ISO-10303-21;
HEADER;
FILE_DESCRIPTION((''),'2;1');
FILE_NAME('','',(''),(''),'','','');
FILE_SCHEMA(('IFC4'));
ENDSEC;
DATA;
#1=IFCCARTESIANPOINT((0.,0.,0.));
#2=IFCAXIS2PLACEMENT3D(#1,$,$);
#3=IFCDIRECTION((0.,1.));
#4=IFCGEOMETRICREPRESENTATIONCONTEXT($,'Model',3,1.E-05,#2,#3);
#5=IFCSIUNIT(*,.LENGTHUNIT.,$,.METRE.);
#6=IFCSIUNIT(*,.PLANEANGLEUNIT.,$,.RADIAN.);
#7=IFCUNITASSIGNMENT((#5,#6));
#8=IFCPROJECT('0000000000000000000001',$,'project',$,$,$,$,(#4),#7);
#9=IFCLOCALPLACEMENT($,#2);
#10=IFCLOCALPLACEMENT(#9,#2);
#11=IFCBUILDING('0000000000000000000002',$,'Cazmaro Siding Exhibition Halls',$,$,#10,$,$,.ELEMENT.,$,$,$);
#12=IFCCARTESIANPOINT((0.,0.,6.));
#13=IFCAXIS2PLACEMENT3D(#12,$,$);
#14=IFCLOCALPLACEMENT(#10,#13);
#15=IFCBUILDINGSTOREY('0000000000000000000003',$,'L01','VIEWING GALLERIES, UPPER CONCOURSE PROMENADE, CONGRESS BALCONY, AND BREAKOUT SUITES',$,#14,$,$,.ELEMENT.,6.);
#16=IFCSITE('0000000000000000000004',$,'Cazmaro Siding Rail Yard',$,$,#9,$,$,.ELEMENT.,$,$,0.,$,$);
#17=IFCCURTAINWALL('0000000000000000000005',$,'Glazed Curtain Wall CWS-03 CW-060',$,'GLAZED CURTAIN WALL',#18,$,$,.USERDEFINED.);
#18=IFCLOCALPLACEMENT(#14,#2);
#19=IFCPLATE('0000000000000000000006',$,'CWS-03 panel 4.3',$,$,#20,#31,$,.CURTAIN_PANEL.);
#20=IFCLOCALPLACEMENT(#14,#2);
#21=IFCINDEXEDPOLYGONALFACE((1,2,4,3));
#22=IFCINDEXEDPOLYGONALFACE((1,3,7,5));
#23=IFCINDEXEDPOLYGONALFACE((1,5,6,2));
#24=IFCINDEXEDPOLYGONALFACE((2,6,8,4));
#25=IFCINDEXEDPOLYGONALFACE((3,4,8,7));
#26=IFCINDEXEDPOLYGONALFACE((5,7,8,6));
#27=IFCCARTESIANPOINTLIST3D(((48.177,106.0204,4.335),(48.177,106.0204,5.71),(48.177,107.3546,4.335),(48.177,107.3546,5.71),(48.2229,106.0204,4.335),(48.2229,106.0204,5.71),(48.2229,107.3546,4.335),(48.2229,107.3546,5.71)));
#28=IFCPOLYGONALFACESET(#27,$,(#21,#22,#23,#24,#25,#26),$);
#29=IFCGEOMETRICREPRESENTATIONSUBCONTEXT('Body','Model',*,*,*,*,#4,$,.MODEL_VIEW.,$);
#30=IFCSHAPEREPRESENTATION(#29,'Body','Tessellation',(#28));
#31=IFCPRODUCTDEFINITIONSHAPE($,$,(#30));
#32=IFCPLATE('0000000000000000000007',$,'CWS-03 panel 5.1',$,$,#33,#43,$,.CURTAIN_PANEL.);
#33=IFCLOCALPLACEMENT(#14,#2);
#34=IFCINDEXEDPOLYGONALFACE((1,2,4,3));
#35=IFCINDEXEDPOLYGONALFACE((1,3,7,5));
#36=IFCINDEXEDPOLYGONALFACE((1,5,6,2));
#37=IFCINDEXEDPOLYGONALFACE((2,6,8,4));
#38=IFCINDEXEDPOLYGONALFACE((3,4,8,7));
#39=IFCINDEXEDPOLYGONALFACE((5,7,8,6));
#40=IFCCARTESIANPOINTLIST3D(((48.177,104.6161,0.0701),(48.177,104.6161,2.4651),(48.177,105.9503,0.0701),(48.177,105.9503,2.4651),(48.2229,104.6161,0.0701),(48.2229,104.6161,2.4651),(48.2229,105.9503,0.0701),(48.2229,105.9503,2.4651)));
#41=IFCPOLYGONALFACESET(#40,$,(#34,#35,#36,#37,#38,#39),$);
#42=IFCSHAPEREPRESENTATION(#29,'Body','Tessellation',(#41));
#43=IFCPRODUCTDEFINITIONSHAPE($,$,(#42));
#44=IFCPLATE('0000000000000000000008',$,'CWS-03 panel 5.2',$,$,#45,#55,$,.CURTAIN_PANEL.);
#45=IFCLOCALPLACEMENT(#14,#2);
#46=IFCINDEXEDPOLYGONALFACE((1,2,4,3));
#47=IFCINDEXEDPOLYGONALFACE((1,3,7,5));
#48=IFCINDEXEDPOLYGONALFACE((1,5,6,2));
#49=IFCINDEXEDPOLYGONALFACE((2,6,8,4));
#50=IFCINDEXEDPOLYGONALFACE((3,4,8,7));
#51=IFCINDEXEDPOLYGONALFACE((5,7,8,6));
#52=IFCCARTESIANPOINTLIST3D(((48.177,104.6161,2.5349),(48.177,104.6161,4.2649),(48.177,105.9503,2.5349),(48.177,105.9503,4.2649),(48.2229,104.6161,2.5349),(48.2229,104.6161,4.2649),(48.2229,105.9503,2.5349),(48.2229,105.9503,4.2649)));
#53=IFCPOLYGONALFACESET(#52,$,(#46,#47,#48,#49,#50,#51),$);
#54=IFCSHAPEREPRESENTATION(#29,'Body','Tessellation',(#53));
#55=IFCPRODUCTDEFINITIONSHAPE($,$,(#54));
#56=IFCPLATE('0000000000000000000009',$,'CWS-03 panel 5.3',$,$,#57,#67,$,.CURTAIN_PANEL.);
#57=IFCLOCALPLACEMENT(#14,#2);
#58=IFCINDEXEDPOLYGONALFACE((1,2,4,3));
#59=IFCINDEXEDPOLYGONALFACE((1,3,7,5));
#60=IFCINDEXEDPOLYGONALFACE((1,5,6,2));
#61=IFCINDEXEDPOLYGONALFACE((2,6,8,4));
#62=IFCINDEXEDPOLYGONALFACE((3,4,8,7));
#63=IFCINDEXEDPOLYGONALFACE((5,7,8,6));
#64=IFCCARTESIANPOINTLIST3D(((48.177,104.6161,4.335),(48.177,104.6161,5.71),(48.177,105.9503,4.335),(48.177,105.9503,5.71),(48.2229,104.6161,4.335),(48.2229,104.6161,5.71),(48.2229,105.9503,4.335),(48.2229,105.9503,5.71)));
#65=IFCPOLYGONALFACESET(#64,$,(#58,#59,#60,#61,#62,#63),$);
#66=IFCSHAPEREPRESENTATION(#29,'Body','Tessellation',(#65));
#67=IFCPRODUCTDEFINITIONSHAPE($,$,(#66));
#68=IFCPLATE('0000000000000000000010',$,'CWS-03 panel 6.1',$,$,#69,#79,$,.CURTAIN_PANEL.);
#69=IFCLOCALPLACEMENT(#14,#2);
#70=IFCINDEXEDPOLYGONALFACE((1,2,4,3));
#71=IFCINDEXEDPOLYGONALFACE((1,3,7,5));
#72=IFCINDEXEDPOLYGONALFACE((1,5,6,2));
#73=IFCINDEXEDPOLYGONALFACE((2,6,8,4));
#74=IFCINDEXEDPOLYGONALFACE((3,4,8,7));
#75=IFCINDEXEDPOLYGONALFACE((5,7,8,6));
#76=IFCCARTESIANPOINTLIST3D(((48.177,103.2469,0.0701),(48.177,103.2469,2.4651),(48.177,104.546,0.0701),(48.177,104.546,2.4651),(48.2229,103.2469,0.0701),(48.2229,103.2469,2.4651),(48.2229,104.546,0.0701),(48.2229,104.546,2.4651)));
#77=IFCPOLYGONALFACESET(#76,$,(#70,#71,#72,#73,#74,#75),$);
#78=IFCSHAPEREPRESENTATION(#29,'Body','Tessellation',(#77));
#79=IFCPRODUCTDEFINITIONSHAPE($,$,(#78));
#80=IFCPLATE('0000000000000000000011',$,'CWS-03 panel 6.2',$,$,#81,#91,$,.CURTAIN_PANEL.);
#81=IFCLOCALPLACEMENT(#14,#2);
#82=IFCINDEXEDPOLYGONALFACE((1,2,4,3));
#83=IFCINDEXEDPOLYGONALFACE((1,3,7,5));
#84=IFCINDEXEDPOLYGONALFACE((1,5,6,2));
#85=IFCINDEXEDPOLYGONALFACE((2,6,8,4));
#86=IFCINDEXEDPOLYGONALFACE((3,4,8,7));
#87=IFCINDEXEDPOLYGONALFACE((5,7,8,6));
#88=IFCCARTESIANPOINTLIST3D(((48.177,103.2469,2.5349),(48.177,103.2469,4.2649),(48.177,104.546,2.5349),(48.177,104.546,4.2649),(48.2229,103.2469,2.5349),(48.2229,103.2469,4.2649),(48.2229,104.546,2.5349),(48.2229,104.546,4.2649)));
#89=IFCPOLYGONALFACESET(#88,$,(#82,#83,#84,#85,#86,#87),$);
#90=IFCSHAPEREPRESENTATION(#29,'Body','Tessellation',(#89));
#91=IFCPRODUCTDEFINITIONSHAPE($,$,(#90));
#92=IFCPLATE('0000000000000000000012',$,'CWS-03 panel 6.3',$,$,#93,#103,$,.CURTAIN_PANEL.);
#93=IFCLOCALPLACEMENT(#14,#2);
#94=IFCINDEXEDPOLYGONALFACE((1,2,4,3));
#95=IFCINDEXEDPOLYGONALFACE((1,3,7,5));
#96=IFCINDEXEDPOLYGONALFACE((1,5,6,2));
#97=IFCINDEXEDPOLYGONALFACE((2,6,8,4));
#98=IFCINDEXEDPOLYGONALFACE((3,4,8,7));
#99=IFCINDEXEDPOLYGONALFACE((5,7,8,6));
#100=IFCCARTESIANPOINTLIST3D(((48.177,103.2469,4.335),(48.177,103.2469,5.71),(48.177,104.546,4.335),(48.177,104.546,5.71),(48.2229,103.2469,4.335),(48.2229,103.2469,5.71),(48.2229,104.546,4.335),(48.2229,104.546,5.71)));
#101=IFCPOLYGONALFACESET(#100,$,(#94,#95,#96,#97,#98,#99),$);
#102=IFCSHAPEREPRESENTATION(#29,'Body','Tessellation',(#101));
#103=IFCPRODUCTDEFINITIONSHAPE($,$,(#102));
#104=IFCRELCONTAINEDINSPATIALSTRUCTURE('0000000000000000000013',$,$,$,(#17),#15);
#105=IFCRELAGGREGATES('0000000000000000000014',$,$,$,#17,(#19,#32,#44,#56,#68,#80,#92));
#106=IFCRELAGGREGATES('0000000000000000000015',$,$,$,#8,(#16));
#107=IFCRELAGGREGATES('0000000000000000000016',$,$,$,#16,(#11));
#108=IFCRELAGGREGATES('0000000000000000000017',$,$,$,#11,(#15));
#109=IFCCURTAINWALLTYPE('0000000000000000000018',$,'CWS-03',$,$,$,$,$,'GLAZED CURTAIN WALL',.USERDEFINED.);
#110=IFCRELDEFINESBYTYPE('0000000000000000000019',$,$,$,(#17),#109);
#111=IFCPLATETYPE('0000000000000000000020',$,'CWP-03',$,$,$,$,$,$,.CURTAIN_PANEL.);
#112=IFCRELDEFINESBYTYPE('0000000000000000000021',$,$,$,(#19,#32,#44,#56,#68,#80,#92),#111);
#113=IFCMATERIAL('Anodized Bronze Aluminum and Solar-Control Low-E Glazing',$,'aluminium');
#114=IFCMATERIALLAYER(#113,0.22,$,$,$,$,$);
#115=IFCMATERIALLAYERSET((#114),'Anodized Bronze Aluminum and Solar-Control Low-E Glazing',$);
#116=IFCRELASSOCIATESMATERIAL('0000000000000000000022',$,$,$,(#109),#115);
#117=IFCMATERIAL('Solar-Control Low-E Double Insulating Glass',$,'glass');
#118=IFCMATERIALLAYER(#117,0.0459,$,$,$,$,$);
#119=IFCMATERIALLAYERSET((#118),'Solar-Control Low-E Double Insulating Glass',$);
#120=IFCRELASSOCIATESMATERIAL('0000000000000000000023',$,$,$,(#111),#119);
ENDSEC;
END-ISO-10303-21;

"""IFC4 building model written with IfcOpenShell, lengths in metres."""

from ifc_helpers import new_model, si_unit, direction, frame, origin, origin_2d, place, context, subcontext, project, spatial, rectangle, extrude, material, layer, layer_set, type_object, element, aggregate, save


model = new_model("IFC4")

# Units and contexts
model_context = context("Model", 3, precision=1e-05, world=origin(), true_north=direction((0.0, 1.0)))
body_context = subcontext(model_context, "Body", "Model", "MODEL_VIEW")
ifc_project = project(units=[si_unit("LENGTHUNIT", "METRE"), si_unit("PLANEANGLEUNIT", "RADIAN")], contexts=[model_context])

# Site, building, storey
site_placement = place(None, origin())
site = spatial("IfcSite", under=ifc_project, at=site_placement, Name="Cazmaro Siding Rail Yard", CompositionType="ELEMENT", RefElevation=0.0)
building_placement = place(site_placement, origin())
building = spatial("IfcBuilding", under=site, at=building_placement, Name="Cazmaro Siding Exhibition Halls", CompositionType="ELEMENT")
storey_placement = place(building_placement, frame((0.0, 0.0, 6.0)))
storey = spatial("IfcBuildingStorey", under=building, at=storey_placement, Name="L01", Description="VIEWING GALLERIES, UPPER CONCOURSE PROMENADE, CONGRESS BALCONY, AND BREAKOUT SUITES", CompositionType="ELEMENT", Elevation=6.0)

# Curtain wall, plates
ifc_material_1 = material(Name="Anodized Bronze Aluminum and Solar-Control Low-E Glazing", Category="aluminium")
ifc_layer_1 = layer(ifc_material_1, 0.22)
ifc_layer_set_1 = layer_set([ifc_layer_1], Name="Anodized Bronze Aluminum and Solar-Control Low-E Glazing")
curtain_wall_type = type_object("IfcCurtainWallType", Name="CWS-03", ElementType="GLAZED CURTAIN WALL", PredefinedType="USERDEFINED", material=ifc_layer_set_1)
curtain_wall_placement = place(storey_placement, origin())
curtain_wall = element("IfcCurtainWall", 1, at=curtain_wall_placement, inside=storey, type_object=curtain_wall_type, Name="Glazed Curtain Wall CWS-03 CW-060", ObjectType="GLAZED CURTAIN WALL", PredefinedType="USERDEFINED")
ifc_material_2 = material(Name="Solar-Control Low-E Double Insulating Glass", Category="glass")
ifc_layer_2 = layer(ifc_material_2, 0.0459)
ifc_layer_set_2 = layer_set([ifc_layer_2], Name="Solar-Control Low-E Double Insulating Glass")
plate_type = type_object("IfcPlateType", Name="CWP-03", PredefinedType="CURTAIN_PANEL", material=ifc_layer_set_2)
plate_1_placement = place(storey_placement, frame((48.2, 106.6875, 4.335), z_axis=(0.0, 0.0, 1.0), x_axis=(0.0, -1.0, 0.0)))
plate_1 = element("IfcPlate", 2, at=plate_1_placement, type_object=plate_type, Name="CWS-03 panel 4.3", PredefinedType="CURTAIN_PANEL", context=body_context, shape_type="SweptSolid", body=[
    extrude(rectangle(XDim=1.3342, YDim=0.0459, at=origin_2d()), origin(), (0.0, 0.0, 1.0), 1.375),
])
plate_2_placement = place(storey_placement, frame((48.2, 105.2832, 0.0701), z_axis=(0.0, 0.0, 1.0), x_axis=(0.0, -1.0, 0.0)))
plate_2 = element("IfcPlate", 3, at=plate_2_placement, type_object=plate_type, Name="CWS-03 panel 5.1", PredefinedType="CURTAIN_PANEL", context=body_context, shape_type="SweptSolid", body=[
    extrude(rectangle(XDim=1.3342, YDim=0.0459, at=origin_2d()), origin(), (0.0, 0.0, 1.0), 2.395),
])
plate_3_placement = place(storey_placement, frame((48.2, 105.2832, 2.5349), z_axis=(0.0, 0.0, 1.0), x_axis=(0.0, -1.0, 0.0)))
plate_3 = element("IfcPlate", 4, at=plate_3_placement, type_object=plate_type, Name="CWS-03 panel 5.2", PredefinedType="CURTAIN_PANEL", context=body_context, shape_type="SweptSolid", body=[
    extrude(rectangle(XDim=1.3342, YDim=0.0459, at=origin_2d()), origin(), (0.0, 0.0, 1.0), 1.73),
])
plate_4_placement = place(storey_placement, frame((48.2, 105.2832, 4.335), z_axis=(0.0, 0.0, 1.0), x_axis=(0.0, -1.0, 0.0)))
plate_4 = element("IfcPlate", 5, at=plate_4_placement, type_object=plate_type, Name="CWS-03 panel 5.3", PredefinedType="CURTAIN_PANEL", context=body_context, shape_type="SweptSolid", body=[
    extrude(rectangle(XDim=1.3342, YDim=0.0459, at=origin_2d()), origin(), (0.0, 0.0, 1.0), 1.375),
])
plate_5_placement = place(storey_placement, frame((48.2, 103.8965, 0.0701), z_axis=(0.0, 0.0, 1.0), x_axis=(0.0, -1.0, 0.0)))
plate_5 = element("IfcPlate", 6, at=plate_5_placement, type_object=plate_type, Name="CWS-03 panel 6.1", PredefinedType="CURTAIN_PANEL", context=body_context, shape_type="SweptSolid", body=[
    extrude(rectangle(XDim=1.2991, YDim=0.0459, at=origin_2d()), origin(), (0.0, 0.0, 1.0), 2.395),
])
plate_6_placement = place(storey_placement, frame((48.2, 103.8965, 2.5349), z_axis=(0.0, 0.0, 1.0), x_axis=(0.0, -1.0, 0.0)))
plate_6 = element("IfcPlate", 7, at=plate_6_placement, type_object=plate_type, Name="CWS-03 panel 6.2", PredefinedType="CURTAIN_PANEL", context=body_context, shape_type="SweptSolid", body=[
    extrude(rectangle(XDim=1.2991, YDim=0.0459, at=origin_2d()), origin(), (0.0, 0.0, 1.0), 1.73),
])
plate_7_placement = place(storey_placement, frame((48.2, 103.8965, 4.335), z_axis=(0.0, 0.0, 1.0), x_axis=(0.0, -1.0, 0.0)))
plate_7 = element("IfcPlate", 8, at=plate_7_placement, type_object=plate_type, Name="CWS-03 panel 6.3", PredefinedType="CURTAIN_PANEL", context=body_context, shape_type="SweptSolid", body=[
    extrude(rectangle(XDim=1.2991, YDim=0.0459, at=origin_2d()), origin(), (0.0, 0.0, 1.0), 1.375),
])
aggregate(curtain_wall, [plate_1, plate_2, plate_3, plate_4, plate_5, plate_6, plate_7])

save(model, "model.ifc")
